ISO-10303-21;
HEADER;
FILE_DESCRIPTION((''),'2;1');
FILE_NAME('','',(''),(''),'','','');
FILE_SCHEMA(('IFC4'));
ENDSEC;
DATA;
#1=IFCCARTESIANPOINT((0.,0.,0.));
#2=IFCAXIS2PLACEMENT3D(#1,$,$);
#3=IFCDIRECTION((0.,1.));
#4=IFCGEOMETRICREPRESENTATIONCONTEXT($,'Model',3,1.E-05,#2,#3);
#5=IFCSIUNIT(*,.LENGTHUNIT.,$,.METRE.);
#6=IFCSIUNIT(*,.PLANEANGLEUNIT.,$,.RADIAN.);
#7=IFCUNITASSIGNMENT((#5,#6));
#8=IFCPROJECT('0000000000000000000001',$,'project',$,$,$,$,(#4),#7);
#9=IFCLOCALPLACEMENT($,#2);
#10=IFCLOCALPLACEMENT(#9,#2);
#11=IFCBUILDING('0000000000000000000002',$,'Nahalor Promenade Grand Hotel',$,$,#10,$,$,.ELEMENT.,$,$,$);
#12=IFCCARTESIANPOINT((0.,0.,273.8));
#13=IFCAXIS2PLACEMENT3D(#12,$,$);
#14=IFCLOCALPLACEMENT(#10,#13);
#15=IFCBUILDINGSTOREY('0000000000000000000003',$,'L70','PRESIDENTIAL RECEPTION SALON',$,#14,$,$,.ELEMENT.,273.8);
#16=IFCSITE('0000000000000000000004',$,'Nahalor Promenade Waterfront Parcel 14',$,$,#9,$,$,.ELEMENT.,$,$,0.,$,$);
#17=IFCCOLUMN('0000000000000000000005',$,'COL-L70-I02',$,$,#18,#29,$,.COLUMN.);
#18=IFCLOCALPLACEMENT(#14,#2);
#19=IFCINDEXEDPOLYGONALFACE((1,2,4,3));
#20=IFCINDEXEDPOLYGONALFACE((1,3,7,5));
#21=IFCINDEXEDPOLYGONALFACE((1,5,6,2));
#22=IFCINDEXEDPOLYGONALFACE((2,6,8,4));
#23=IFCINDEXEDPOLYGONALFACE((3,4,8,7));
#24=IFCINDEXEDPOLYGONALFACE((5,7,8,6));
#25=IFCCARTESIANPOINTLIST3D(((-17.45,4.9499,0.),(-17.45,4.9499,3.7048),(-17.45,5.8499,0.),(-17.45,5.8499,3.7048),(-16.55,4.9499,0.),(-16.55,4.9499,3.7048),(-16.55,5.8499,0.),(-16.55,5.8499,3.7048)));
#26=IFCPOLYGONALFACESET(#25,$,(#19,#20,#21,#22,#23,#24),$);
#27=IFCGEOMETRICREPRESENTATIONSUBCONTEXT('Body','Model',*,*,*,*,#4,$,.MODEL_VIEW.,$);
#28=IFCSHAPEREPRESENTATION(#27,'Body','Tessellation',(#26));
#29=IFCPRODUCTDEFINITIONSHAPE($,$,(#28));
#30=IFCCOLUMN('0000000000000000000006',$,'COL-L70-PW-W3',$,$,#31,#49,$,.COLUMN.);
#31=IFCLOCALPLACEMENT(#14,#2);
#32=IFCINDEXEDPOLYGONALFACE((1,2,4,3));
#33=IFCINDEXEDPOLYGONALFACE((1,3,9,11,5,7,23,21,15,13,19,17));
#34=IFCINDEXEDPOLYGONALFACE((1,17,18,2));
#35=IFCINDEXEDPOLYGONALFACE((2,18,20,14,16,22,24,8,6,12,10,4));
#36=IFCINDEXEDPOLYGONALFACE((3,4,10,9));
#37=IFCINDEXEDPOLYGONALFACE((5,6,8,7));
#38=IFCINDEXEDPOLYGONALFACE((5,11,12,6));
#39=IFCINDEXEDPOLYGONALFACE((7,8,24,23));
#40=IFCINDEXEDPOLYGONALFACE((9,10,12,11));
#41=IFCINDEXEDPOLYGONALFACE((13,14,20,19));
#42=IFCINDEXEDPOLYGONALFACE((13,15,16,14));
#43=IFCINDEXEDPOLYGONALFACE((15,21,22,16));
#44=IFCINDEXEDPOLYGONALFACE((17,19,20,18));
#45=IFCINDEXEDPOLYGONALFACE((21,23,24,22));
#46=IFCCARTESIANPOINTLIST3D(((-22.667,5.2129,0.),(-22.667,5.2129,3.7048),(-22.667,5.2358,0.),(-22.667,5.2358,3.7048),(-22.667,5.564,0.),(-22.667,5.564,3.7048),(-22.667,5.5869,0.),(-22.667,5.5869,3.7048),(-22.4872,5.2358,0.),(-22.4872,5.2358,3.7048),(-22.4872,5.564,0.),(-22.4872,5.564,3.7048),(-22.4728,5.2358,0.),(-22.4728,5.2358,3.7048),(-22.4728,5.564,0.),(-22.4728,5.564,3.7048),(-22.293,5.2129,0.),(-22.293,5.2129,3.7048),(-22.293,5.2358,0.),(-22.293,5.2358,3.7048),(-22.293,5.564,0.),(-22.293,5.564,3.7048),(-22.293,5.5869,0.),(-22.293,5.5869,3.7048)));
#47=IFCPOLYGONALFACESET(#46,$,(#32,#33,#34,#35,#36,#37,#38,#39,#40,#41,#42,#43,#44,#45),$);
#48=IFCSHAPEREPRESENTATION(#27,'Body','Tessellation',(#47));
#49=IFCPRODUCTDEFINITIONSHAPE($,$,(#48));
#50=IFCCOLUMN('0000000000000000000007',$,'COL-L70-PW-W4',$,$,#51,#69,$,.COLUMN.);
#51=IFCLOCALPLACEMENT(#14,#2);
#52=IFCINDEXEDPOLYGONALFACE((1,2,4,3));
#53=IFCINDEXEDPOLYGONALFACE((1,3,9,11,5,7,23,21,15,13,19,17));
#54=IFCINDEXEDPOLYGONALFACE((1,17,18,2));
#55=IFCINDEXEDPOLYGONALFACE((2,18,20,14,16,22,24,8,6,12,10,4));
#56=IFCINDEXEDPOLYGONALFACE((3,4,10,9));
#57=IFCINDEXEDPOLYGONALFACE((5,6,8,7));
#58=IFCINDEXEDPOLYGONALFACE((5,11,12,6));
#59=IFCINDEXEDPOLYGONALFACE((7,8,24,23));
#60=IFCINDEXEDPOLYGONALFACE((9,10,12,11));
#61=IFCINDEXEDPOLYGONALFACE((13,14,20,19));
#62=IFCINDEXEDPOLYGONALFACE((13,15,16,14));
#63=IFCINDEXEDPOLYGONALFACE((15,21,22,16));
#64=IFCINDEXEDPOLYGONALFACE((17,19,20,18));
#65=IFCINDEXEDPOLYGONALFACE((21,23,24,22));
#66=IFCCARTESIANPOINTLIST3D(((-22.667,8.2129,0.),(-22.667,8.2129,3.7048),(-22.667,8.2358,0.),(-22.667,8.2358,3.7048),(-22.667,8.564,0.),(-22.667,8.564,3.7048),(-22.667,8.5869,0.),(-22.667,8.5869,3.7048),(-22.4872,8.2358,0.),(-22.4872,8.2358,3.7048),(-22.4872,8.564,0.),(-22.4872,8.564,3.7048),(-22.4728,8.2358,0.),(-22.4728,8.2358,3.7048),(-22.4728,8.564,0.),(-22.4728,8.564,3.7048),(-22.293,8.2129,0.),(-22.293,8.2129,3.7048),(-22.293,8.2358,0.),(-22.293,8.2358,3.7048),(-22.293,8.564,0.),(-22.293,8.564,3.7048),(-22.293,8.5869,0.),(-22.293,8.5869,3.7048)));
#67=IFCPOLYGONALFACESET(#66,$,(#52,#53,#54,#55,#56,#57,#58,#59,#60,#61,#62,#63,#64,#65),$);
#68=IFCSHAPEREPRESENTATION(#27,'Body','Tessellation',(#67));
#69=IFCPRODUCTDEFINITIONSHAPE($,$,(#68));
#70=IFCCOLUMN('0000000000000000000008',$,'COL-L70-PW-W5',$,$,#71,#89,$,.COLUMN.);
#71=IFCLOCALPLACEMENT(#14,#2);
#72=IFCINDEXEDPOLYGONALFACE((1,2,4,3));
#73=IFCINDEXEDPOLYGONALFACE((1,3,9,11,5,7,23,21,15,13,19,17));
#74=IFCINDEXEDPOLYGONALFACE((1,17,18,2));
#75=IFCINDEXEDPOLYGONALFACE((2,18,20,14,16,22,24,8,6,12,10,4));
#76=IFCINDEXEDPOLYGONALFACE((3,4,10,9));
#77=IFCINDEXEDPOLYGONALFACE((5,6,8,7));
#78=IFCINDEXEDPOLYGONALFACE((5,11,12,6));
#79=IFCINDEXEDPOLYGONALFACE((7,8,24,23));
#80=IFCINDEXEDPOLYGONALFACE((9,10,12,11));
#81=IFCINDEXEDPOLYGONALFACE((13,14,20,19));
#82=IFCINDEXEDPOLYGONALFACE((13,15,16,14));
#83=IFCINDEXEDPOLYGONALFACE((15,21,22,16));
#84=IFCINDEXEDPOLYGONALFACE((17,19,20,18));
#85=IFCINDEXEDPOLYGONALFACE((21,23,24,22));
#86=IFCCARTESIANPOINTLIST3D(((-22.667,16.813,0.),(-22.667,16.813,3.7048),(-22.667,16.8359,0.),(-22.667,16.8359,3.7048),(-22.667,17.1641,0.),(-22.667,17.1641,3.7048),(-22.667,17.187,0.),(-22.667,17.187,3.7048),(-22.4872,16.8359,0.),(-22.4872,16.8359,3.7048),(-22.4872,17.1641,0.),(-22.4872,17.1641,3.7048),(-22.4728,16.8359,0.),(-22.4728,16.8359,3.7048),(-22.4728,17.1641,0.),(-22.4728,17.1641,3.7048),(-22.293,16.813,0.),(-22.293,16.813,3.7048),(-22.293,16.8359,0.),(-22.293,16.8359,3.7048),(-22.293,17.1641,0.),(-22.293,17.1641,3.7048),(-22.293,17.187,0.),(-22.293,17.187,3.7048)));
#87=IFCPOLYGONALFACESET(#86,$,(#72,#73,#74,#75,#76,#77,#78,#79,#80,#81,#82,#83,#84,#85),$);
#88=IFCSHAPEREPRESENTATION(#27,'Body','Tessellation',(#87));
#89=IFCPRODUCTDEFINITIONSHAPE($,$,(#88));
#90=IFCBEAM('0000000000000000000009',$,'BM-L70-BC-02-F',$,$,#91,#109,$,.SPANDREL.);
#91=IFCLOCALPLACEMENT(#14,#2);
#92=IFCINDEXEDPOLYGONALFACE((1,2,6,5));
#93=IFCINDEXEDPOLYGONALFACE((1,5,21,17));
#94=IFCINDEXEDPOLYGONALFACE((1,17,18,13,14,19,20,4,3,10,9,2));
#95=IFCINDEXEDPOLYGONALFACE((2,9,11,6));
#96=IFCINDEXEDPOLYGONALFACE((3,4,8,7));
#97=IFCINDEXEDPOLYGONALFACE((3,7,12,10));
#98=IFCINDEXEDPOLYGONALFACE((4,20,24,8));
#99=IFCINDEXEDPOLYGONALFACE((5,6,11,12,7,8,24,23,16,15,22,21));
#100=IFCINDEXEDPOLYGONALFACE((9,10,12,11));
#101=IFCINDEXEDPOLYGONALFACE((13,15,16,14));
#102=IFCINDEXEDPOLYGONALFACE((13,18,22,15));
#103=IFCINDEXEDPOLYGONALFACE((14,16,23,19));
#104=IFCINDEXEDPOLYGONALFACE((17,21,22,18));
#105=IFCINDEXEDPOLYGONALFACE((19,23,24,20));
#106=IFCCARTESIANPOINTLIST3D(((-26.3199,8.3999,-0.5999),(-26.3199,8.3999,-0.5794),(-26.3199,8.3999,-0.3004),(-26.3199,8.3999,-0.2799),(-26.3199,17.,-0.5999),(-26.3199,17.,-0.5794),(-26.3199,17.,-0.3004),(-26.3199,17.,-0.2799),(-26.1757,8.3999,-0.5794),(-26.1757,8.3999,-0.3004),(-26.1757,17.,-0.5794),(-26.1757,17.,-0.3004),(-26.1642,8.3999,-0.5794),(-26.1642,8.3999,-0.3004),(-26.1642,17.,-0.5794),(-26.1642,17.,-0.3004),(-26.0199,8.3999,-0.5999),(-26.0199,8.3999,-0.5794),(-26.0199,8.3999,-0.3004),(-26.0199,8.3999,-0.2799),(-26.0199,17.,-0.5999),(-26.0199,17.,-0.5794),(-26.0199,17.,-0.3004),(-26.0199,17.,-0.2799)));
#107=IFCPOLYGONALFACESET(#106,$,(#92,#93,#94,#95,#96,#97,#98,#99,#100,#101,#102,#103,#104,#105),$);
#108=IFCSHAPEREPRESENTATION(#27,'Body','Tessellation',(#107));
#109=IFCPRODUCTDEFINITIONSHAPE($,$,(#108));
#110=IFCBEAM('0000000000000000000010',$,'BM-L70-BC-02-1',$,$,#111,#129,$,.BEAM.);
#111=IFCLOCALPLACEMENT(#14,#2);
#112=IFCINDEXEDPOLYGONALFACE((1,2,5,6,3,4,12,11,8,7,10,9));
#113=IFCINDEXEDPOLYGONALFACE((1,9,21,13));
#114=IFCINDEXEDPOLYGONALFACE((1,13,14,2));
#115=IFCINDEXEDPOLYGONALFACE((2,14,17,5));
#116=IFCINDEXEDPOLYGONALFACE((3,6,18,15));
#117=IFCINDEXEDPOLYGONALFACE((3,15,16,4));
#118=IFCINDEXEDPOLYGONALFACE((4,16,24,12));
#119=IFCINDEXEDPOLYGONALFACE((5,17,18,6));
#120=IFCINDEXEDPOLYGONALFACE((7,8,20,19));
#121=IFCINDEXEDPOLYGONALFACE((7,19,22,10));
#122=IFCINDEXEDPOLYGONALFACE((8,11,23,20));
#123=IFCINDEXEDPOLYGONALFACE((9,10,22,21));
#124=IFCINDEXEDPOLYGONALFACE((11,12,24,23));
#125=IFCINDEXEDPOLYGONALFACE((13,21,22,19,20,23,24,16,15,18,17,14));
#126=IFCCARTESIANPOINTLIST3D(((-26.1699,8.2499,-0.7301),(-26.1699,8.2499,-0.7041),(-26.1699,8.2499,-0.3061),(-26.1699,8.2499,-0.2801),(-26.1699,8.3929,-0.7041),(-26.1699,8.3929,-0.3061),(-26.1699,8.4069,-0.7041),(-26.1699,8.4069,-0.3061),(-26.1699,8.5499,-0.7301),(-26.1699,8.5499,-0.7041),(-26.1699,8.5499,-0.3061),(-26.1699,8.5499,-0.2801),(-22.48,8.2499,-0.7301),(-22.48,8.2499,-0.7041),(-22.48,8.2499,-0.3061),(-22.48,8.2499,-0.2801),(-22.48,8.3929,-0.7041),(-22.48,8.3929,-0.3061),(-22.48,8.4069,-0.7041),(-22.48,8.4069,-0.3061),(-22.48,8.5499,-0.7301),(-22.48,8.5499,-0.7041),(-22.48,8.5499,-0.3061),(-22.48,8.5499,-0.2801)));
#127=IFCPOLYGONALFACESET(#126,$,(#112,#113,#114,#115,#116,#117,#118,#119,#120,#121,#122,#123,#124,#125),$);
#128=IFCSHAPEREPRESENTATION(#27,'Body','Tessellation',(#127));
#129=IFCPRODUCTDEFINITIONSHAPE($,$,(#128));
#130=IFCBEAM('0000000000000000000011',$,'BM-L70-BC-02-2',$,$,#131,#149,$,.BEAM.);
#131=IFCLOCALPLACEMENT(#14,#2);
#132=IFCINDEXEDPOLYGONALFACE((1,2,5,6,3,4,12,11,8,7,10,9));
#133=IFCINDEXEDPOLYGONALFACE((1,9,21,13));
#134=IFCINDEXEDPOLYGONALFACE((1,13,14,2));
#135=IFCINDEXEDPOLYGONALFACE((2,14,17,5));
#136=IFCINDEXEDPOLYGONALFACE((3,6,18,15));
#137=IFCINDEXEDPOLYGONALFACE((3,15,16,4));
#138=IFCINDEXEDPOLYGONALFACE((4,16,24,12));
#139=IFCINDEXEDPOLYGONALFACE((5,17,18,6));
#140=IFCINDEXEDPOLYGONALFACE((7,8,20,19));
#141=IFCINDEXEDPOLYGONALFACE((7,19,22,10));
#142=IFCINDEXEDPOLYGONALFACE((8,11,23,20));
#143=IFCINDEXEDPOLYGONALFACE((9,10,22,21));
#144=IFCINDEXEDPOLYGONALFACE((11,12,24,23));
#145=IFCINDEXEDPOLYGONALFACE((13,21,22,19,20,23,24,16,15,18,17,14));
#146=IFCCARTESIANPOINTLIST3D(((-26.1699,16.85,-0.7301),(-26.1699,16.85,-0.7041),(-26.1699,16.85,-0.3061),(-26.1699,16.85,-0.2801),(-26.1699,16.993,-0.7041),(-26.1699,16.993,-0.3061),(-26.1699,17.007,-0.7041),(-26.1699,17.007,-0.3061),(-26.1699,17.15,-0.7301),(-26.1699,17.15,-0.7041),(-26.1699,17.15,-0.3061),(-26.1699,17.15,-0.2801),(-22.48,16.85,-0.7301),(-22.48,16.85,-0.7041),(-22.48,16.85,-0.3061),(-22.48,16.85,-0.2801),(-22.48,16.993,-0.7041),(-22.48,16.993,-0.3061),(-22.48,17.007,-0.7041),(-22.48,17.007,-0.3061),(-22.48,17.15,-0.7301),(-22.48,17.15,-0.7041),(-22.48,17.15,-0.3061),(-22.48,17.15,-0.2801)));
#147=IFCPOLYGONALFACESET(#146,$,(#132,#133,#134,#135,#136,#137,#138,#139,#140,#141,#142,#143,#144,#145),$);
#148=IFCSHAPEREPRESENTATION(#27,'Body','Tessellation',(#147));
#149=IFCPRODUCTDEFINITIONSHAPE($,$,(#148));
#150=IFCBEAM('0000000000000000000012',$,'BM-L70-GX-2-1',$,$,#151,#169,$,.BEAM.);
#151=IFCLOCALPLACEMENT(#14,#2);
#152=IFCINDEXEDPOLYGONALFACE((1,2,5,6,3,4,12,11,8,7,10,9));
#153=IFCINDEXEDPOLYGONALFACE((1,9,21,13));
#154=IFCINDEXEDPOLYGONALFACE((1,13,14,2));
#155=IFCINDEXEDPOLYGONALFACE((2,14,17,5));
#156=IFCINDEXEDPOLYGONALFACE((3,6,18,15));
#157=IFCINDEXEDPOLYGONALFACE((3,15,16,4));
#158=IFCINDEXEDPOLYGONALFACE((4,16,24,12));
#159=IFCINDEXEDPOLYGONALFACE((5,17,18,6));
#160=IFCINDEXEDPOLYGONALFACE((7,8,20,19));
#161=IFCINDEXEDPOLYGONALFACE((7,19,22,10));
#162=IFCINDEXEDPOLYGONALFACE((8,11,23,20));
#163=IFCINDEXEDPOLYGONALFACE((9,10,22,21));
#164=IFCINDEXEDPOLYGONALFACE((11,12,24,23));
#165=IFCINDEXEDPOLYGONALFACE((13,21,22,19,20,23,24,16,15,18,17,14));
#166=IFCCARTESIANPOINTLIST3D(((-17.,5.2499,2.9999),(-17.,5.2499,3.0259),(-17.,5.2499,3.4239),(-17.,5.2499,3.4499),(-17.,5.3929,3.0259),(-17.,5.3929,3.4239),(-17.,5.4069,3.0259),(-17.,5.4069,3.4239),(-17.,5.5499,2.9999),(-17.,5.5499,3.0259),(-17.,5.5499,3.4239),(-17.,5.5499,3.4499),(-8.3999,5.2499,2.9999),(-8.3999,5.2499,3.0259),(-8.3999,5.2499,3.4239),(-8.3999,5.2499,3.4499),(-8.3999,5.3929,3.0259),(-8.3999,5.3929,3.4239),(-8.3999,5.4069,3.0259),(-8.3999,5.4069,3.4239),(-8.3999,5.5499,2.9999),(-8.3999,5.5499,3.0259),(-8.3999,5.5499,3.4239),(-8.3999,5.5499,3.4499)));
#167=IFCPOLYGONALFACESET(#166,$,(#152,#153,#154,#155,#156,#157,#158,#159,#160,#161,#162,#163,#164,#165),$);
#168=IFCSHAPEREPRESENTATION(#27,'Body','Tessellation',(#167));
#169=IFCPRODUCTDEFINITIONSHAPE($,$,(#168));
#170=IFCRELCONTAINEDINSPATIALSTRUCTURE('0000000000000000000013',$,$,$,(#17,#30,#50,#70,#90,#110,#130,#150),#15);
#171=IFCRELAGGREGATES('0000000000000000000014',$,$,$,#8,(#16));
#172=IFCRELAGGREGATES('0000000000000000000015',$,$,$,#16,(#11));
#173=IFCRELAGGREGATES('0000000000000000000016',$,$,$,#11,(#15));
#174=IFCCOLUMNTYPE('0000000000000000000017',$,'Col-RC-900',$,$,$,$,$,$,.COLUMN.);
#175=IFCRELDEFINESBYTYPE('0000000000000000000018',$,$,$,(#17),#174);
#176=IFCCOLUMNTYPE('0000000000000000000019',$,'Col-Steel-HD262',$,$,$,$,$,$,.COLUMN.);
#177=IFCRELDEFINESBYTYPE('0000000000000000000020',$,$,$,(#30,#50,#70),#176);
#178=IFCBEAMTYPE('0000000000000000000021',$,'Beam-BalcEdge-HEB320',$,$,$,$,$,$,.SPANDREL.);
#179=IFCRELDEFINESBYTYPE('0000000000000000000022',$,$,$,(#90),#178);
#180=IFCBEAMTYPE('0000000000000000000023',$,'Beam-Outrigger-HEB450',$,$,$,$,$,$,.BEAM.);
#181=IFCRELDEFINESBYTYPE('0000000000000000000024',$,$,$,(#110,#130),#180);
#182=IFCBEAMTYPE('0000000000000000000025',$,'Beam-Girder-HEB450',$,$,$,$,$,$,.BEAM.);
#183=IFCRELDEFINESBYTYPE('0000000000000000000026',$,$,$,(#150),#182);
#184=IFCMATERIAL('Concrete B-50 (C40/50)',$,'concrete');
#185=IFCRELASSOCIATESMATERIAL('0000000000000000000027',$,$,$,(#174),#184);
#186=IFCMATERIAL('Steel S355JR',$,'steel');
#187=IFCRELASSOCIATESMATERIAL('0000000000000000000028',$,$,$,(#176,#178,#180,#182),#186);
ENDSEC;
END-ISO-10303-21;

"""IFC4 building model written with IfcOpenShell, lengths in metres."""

from ifc_helpers import new_model, si_unit, direction, frame, origin, origin_2d, place, context, subcontext, project, spatial, rectangle, i_section, extrude, source, transform, mapped, material, material_profile, profile_set, type_object, element, save


model = new_model("IFC4")

# Units and contexts
model_context = context("Model", 3, precision=1e-05, world=origin(), true_north=direction((0.0, 1.0)))
body_context = subcontext(model_context, "Body", "Model", "MODEL_VIEW")
ifc_project = project(units=[si_unit("LENGTHUNIT", "METRE"), si_unit("PLANEANGLEUNIT", "RADIAN")], contexts=[model_context])

# Site, building, storey
site_placement = place(None, origin())
site = spatial("IfcSite", under=ifc_project, at=site_placement, Name="Nahalor Promenade Waterfront Parcel 14", CompositionType="ELEMENT", RefElevation=0.0)
building_placement = place(site_placement, origin())
building = spatial("IfcBuilding", under=site, at=building_placement, Name="Nahalor Promenade Grand Hotel", CompositionType="ELEMENT")
storey_placement = place(building_placement, frame((0.0, 0.0, 273.8)))
storey = spatial("IfcBuildingStorey", under=building, at=storey_placement, Name="L70", Description="PRESIDENTIAL RECEPTION SALON", CompositionType="ELEMENT", Elevation=273.8)

# Columns
ifc_material_1 = material(Name="Concrete B-50 (C40/50)", Category="concrete")
ifc_material_profile_1 = material_profile(ifc_material_1, rectangle(XDim=0.9, YDim=0.9, at=origin_2d()), Name="RC 900x900")
ifc_profile_set_1 = profile_set([ifc_material_profile_1], Name="Concrete B-50 (C40/50)")
column_type_1 = type_object("IfcColumnType", Name="Col-RC-900", PredefinedType="COLUMN", material=ifc_profile_set_1)
shared_shape_1 = source(origin(), body_context, "Body", "SweptSolid", [
    extrude(rectangle(XDim=0.9, YDim=0.9, at=origin_2d()), origin(), (0.0, 0.0, 1.0), 3.7048),
])
column_placement = place(storey_placement, frame((-17.0, 5.3999, 0.0), z_axis=(0.0, 0.0, 1.0), x_axis=(1.0, 0.0, 0.0)))
element("IfcColumn", 1, at=column_placement, inside=storey, type_object=column_type_1, Name="COL-L70-I02", PredefinedType="COLUMN", context=body_context, shape_type="MappedRepresentation", body=[
    mapped(shared_shape_1, transform((0.0, 0.0, 0.0), scale=1.0)),
])
ifc_material_2 = material(Name="Steel S355JR", Category="steel")
ifc_material_profile_2 = material_profile(ifc_material_2, i_section(OverallWidth=0.374, OverallDepth=0.374, WebThickness=0.0144, FlangeThickness=0.0229, at=origin_2d()), Name="HD 360x262")
ifc_profile_set_2 = profile_set([ifc_material_profile_2], Name="Steel S355JR")
column_type_2 = type_object("IfcColumnType", Name="Col-Steel-HD262", PredefinedType="COLUMN", material=ifc_profile_set_2)
shared_shape_2 = source(origin(), body_context, "Body", "SweptSolid", [
    extrude(i_section(OverallWidth=0.374, OverallDepth=0.374, WebThickness=0.0144, FlangeThickness=0.0229, at=origin_2d()), origin(), (0.0, 0.0, 1.0), 3.7048),
])
for number, where, z_axis, x_axis, name in (
    (2, (-22.48, 5.3999, 0.0), (0.0, 0.0, 1.0), (1.0, 0.0, 0.0), "COL-L70-PW-W3"),
    (3, (-22.48, 8.3999, 0.0), (0.0, 0.0, 1.0), (1.0, 0.0, 0.0), "COL-L70-PW-W4"),
    (4, (-22.48, 17.0, 0.0), (0.0, 0.0, 1.0), (1.0, 0.0, 0.0), "COL-L70-PW-W5"),
):
    element("IfcColumn", number, at=place(storey_placement, frame(where, z_axis=z_axis, x_axis=x_axis)), inside=storey, type_object=column_type_2, Name=name, PredefinedType="COLUMN", context=body_context, shape_type="MappedRepresentation", body=[
        mapped(shared_shape_2, transform((0.0, 0.0, 0.0), scale=1.0)),
    ])

# Beams
ifc_material_profile_3 = material_profile(ifc_material_2, i_section(OverallWidth=0.3, OverallDepth=0.32, WebThickness=0.0115, FlangeThickness=0.0205, at=origin_2d()), Name="HEB 320")
ifc_profile_set_3 = profile_set([ifc_material_profile_3], Name="Steel S355JR")
beam_type_1 = type_object("IfcBeamType", Name="Beam-BalcEdge-HEB320", PredefinedType="SPANDREL", material=ifc_profile_set_3)
shared_shape_3 = source(origin(), body_context, "Body", "SweptSolid", [
    extrude(i_section(OverallWidth=0.3, OverallDepth=0.32, WebThickness=0.0115, FlangeThickness=0.0205, at=origin_2d()), origin(), (0.0, 0.0, 1.0), 8.6001),
])
beam_1_placement = place(storey_placement, frame((-26.1699, 8.3999, -0.4399), z_axis=(0.0, 1.0, 0.0), x_axis=(-1.0, 0.0, 0.0)))
element("IfcBeam", 5, at=beam_1_placement, inside=storey, type_object=beam_type_1, Name="BM-L70-BC-02-F", PredefinedType="SPANDREL", context=body_context, shape_type="MappedRepresentation", body=[
    mapped(shared_shape_3, transform((0.0, 0.0, 0.0), scale=1.0)),
])
ifc_material_profile_4 = material_profile(ifc_material_2, i_section(OverallWidth=0.3, OverallDepth=0.45, WebThickness=0.014, FlangeThickness=0.026, at=origin_2d()), Name="HEB 450")
ifc_profile_set_4 = profile_set([ifc_material_profile_4], Name="Steel S355JR")
beam_type_2 = type_object("IfcBeamType", Name="Beam-Outrigger-HEB450", PredefinedType="BEAM", material=ifc_profile_set_4)
shared_shape_4 = source(origin(), body_context, "Body", "SweptSolid", [
    extrude(i_section(OverallWidth=0.3, OverallDepth=0.45, WebThickness=0.014, FlangeThickness=0.026, at=origin_2d()), origin(), (0.0, 0.0, 1.0), 3.6899),
])
for number, where, z_axis, x_axis, name in (
    (6, (-26.1699, 8.3999, -0.5051), (1.0, 0.0, 0.0), (0.0, 1.0, 0.0), "BM-L70-BC-02-1"),
    (7, (-26.1699, 17.0, -0.5051), (1.0, 0.0, 0.0), (0.0, 1.0, 0.0), "BM-L70-BC-02-2"),
):
    element("IfcBeam", number, at=place(storey_placement, frame(where, z_axis=z_axis, x_axis=x_axis)), inside=storey, type_object=beam_type_2, Name=name, PredefinedType="BEAM", context=body_context, shape_type="MappedRepresentation", body=[
        mapped(shared_shape_4, transform((0.0, 0.0, 0.0), scale=1.0)),
    ])
ifc_material_profile_5 = material_profile(ifc_material_2, i_section(OverallWidth=0.3, OverallDepth=0.45, WebThickness=0.014, FlangeThickness=0.026, at=origin_2d()), Name="HEB 450")
ifc_profile_set_5 = profile_set([ifc_material_profile_5], Name="Steel S355JR")
beam_type_3 = type_object("IfcBeamType", Name="Beam-Girder-HEB450", PredefinedType="BEAM", material=ifc_profile_set_5)
shared_shape_5 = source(origin(), body_context, "Body", "SweptSolid", [
    extrude(i_section(OverallWidth=0.3, OverallDepth=0.45, WebThickness=0.014, FlangeThickness=0.026, at=origin_2d()), origin(), (0.0, 0.0, 1.0), 8.6001),
])
beam_2_placement = place(storey_placement, frame((-17.0, 5.3999, 3.2249), z_axis=(1.0, 0.0, 0.0), x_axis=(0.0, 1.0, 0.0)))
element("IfcBeam", 8, at=beam_2_placement, inside=storey, type_object=beam_type_3, Name="BM-L70-GX-2-1", PredefinedType="BEAM", context=body_context, shape_type="MappedRepresentation", body=[
    mapped(shared_shape_5, transform((0.0, 0.0, 0.0), scale=1.0)),
])

save(model, "model.ifc")
